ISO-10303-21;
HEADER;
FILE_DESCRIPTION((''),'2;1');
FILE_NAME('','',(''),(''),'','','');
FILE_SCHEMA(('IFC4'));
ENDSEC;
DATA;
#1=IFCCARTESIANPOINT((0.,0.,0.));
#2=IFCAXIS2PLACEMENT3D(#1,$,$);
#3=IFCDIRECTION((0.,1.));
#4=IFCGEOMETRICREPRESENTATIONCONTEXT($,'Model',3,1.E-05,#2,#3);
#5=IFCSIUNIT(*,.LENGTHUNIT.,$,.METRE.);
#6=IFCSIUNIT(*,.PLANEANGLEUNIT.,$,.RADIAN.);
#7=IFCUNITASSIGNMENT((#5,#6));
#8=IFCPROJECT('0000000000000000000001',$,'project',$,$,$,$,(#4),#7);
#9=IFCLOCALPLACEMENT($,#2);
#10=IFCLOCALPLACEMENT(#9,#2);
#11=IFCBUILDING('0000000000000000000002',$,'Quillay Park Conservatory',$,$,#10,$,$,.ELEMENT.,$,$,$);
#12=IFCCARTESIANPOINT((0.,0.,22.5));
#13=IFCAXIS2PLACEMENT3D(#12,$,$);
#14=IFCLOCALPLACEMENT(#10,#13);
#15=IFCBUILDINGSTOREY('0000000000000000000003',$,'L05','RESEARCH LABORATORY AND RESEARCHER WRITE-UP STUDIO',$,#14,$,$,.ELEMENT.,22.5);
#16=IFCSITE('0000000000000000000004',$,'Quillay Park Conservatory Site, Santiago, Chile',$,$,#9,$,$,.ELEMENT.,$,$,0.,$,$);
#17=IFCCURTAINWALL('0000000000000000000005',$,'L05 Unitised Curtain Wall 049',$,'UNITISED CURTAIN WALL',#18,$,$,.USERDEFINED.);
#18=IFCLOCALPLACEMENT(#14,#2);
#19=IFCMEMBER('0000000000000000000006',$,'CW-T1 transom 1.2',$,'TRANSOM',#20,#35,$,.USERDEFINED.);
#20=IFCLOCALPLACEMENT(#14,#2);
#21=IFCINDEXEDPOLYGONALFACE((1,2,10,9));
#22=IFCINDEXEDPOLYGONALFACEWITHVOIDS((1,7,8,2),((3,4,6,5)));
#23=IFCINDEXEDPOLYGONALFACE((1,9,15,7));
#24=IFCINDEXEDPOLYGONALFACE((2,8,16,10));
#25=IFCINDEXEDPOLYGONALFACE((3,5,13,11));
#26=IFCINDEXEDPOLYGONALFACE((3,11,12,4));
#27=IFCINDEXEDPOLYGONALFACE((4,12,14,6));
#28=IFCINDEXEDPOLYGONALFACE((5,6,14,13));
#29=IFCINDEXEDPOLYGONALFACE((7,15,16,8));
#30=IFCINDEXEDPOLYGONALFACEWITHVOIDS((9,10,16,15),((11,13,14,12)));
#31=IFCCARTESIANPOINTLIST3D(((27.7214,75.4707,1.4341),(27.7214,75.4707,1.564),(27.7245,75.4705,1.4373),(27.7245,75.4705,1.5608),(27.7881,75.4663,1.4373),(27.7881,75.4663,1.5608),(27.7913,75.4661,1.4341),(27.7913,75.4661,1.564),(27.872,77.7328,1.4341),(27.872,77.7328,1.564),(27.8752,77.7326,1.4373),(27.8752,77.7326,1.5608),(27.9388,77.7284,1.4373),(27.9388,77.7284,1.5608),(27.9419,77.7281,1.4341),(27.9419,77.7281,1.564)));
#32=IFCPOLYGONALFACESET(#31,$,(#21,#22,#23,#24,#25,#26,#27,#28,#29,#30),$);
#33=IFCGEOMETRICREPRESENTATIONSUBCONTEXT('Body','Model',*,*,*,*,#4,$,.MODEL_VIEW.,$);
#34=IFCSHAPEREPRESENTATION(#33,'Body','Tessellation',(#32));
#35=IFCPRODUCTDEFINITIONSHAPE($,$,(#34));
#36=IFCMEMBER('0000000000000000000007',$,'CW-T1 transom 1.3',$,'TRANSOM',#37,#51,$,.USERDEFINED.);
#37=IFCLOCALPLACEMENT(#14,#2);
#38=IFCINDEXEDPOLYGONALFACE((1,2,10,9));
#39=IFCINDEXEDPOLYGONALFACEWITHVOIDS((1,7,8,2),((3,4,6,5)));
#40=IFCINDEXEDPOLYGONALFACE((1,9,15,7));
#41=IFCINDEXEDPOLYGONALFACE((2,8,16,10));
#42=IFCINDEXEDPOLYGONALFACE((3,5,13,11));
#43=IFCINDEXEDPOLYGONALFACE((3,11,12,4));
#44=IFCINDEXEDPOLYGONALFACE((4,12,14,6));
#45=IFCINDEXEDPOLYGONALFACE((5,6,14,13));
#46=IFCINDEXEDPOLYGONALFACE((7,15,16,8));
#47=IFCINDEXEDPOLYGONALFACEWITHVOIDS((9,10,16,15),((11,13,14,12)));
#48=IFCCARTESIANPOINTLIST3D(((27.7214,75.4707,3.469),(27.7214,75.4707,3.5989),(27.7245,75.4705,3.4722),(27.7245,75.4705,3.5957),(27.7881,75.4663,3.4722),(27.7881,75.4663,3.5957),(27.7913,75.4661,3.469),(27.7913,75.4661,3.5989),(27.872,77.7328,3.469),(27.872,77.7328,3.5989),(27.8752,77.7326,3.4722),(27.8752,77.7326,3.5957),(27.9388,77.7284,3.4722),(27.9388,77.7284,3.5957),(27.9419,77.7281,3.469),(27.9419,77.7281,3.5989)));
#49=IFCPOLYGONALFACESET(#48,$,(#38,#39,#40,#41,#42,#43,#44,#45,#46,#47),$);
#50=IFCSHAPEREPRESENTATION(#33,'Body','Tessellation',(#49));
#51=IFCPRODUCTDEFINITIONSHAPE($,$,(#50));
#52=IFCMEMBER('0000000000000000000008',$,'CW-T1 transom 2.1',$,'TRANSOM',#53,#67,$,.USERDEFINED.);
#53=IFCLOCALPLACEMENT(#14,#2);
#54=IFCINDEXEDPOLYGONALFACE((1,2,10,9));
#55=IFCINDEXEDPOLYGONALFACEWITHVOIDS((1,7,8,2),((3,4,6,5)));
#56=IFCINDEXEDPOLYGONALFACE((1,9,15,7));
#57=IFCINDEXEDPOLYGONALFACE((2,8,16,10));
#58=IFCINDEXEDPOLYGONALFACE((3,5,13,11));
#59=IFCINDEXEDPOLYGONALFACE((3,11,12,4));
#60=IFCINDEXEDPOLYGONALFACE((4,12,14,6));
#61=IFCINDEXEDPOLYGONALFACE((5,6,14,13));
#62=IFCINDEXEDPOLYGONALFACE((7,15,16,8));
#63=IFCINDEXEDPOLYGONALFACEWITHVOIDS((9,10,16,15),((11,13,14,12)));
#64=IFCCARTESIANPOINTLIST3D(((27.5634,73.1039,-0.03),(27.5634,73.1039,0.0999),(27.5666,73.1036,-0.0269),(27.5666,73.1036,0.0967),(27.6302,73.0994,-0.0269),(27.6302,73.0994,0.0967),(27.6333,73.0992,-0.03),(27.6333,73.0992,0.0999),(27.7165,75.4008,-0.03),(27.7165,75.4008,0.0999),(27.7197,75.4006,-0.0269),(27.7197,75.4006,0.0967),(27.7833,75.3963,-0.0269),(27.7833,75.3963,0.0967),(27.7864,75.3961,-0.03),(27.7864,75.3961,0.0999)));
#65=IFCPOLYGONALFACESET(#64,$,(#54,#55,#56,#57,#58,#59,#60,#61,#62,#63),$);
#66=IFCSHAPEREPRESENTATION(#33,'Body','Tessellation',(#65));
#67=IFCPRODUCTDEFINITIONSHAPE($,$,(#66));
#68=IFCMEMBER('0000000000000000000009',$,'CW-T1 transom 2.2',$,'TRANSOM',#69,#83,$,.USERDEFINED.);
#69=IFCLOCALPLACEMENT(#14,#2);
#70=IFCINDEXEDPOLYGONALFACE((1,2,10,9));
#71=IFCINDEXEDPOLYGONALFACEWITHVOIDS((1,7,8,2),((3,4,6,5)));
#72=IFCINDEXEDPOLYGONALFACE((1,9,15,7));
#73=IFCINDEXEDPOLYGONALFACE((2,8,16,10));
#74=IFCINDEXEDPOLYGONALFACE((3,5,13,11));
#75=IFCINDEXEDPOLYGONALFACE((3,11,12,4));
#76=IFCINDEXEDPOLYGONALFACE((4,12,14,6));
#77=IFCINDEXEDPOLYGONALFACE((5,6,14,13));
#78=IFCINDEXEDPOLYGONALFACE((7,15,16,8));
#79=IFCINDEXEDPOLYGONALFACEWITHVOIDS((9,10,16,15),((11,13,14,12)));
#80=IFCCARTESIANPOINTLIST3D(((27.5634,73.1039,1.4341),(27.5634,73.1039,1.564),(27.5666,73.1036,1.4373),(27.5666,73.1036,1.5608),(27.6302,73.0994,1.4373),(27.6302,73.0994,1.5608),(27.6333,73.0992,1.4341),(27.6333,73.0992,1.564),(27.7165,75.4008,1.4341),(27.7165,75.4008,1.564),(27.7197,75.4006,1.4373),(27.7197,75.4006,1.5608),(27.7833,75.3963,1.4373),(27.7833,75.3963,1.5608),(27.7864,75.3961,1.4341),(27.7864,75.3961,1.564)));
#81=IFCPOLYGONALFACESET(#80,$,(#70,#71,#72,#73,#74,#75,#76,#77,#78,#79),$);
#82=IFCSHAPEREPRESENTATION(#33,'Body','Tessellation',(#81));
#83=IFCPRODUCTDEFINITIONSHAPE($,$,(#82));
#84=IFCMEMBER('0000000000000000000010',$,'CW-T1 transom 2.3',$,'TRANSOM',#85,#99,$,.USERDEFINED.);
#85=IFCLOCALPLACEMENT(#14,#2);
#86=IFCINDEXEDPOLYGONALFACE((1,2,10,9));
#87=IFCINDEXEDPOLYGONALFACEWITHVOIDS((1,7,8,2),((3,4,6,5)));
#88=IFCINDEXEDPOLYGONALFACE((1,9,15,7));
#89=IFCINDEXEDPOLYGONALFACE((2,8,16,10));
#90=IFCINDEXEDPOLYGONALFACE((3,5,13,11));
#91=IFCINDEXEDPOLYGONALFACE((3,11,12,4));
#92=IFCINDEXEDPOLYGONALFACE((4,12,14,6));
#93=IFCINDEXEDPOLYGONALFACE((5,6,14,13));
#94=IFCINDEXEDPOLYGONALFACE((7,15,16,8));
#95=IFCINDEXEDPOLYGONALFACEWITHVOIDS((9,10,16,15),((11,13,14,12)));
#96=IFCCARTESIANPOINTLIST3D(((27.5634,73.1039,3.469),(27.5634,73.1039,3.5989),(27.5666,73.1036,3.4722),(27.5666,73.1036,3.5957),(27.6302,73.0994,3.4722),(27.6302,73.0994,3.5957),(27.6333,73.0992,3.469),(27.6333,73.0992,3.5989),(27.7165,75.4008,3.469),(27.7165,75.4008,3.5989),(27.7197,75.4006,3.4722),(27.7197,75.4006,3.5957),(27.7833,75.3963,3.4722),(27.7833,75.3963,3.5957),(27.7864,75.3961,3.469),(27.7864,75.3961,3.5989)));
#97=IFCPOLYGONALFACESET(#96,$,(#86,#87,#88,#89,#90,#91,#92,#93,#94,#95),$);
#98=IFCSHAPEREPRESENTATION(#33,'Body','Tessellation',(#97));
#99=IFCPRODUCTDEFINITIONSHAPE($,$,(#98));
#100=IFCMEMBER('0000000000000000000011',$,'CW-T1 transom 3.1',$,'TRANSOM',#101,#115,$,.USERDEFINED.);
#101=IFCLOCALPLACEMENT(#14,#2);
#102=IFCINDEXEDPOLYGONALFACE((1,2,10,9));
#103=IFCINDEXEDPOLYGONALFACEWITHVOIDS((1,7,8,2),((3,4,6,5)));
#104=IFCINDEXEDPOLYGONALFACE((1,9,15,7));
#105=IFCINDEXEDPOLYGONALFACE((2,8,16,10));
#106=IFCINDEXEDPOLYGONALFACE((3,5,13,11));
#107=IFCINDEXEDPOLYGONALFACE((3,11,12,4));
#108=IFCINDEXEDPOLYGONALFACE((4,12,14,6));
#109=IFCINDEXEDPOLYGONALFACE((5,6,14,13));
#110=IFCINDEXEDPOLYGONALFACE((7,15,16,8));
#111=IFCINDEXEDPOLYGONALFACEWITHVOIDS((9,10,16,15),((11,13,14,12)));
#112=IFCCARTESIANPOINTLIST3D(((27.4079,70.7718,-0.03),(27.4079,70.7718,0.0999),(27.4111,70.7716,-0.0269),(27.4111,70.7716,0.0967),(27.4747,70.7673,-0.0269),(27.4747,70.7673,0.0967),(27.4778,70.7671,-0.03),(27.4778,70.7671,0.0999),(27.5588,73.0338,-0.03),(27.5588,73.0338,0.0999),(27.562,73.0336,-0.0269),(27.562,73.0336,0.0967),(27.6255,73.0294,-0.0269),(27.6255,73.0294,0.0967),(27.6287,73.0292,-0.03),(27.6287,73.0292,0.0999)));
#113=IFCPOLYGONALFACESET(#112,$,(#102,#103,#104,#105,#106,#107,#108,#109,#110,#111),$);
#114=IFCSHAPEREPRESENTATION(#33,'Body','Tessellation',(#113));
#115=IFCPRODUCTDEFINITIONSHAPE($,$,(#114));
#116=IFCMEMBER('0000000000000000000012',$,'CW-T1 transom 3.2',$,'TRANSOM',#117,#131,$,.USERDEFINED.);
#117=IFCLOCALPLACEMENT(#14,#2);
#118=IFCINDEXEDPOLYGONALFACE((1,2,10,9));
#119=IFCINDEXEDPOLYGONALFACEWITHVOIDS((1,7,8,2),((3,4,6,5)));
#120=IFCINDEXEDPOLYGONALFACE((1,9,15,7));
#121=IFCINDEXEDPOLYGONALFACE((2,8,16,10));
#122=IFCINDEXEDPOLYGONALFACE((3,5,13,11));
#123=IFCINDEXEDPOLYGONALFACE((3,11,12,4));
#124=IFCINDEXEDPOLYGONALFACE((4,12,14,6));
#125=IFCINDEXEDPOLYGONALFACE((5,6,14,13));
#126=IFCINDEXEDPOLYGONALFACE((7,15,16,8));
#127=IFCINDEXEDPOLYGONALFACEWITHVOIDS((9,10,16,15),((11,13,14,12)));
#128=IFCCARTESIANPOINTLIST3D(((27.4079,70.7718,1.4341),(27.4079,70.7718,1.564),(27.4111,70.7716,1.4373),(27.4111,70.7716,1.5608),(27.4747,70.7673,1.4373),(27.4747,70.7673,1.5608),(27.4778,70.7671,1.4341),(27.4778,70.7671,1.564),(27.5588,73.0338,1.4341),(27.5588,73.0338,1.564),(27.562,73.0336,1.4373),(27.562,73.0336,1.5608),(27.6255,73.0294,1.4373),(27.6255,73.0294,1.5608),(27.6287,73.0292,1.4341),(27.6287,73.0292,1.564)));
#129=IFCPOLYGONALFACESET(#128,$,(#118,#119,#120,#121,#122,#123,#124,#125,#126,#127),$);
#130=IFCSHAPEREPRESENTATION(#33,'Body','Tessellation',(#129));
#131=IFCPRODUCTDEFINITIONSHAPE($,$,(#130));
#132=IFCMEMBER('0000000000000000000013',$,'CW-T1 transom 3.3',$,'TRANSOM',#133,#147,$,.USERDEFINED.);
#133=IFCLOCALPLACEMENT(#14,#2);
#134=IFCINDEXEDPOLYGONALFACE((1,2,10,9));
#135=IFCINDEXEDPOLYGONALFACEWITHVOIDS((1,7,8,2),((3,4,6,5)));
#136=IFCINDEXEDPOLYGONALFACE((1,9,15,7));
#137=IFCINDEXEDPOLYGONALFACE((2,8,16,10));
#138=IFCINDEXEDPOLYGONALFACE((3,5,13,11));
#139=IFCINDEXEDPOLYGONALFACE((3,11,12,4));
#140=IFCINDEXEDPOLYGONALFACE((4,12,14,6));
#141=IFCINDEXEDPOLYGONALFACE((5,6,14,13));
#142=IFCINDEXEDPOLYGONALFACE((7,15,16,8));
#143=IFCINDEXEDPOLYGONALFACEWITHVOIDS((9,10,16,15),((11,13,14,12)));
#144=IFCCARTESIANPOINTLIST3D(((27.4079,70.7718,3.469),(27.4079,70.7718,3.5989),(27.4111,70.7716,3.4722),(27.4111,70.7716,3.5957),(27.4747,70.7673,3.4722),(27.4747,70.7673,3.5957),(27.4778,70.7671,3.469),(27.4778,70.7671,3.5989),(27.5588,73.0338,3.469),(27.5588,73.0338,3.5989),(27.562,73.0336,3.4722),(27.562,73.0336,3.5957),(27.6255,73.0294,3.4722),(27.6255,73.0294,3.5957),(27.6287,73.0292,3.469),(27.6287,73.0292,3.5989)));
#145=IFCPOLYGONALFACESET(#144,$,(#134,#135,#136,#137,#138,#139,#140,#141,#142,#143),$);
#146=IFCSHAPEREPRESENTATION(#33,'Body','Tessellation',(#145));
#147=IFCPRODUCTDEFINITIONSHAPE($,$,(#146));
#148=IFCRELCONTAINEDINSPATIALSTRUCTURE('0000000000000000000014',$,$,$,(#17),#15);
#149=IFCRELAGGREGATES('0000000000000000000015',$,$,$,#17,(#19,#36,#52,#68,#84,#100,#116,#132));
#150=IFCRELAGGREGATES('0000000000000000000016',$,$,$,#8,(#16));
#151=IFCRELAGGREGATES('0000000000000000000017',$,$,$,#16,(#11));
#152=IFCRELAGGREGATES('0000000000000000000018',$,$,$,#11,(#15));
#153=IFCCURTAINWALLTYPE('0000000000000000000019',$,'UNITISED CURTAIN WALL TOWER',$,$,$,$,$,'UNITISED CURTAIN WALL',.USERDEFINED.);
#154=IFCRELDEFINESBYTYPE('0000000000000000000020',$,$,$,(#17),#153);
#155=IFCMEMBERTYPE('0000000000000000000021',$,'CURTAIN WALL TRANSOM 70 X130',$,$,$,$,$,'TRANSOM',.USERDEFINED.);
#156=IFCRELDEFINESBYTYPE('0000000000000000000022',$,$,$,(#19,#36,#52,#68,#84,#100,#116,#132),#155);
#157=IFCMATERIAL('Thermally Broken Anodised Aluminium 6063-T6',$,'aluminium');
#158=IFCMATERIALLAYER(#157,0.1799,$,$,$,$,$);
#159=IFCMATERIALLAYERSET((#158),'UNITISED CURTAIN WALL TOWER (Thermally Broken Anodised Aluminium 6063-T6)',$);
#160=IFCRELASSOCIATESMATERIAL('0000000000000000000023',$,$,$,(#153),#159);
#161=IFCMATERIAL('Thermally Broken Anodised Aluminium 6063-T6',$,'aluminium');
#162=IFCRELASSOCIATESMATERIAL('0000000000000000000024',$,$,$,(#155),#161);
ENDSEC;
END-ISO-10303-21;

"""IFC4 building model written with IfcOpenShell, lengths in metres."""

from ifc_helpers import new_model, si_unit, direction, frame, origin, origin_2d, place, context, subcontext, project, spatial, hollow_rectangle, extrude, material, layer, layer_set, material_profile, profile_set, type_object, element, aggregate, save


model = new_model("IFC4")

# Units and contexts
model_context = context("Model", 3, precision=1e-05, world=origin(), true_north=direction((0.0, 1.0)))
body_context = subcontext(model_context, "Body", "Model", "MODEL_VIEW")
ifc_project = project(units=[si_unit("LENGTHUNIT", "METRE"), si_unit("PLANEANGLEUNIT", "RADIAN")], contexts=[model_context])

# Site, building, storey
site_placement = place(None, origin())
site = spatial("IfcSite", under=ifc_project, at=site_placement, Name="Quillay Park Conservatory Site, Santiago, Chile", CompositionType="ELEMENT", RefElevation=0.0)
building_placement = place(site_placement, origin())
building = spatial("IfcBuilding", under=site, at=building_placement, Name="Quillay Park Conservatory", CompositionType="ELEMENT")
storey_placement = place(building_placement, frame((0.0, 0.0, 22.5)))
storey = spatial("IfcBuildingStorey", under=building, at=storey_placement, Name="L05", Description="RESEARCH LABORATORY AND RESEARCHER WRITE-UP STUDIO", CompositionType="ELEMENT", Elevation=22.5)

# Curtain wall, members
ifc_material_1 = material(Name="Thermally Broken Anodised Aluminium 6063-T6", Category="aluminium")
ifc_layer_1 = layer(ifc_material_1, 0.1799)
ifc_layer_set_1 = layer_set([ifc_layer_1], Name="UNITISED CURTAIN WALL TOWER (Thermally Broken Anodised Aluminium 6063-T6)")
curtain_wall_type = type_object("IfcCurtainWallType", Name="UNITISED CURTAIN WALL TOWER", ElementType="UNITISED CURTAIN WALL", PredefinedType="USERDEFINED", material=ifc_layer_set_1)
curtain_wall_placement = place(storey_placement, origin())
curtain_wall = element("IfcCurtainWall", 1, at=curtain_wall_placement, inside=storey, type_object=curtain_wall_type, Name="L05 Unitised Curtain Wall 049", ObjectType="UNITISED CURTAIN WALL", PredefinedType="USERDEFINED")
ifc_material_2 = material(Name="Thermally Broken Anodised Aluminium 6063-T6", Category="aluminium")
ifc_material_profile_1 = material_profile(ifc_material_2, hollow_rectangle(XDim=0.0701, YDim=0.1299, WallThickness=0.0032, at=origin_2d()), Name="AL70x130x3.2")
ifc_profile_set_1 = profile_set([ifc_material_profile_1], Name="Thermally Broken Anodised Aluminium 6063-T6")
member_type_1 = type_object("IfcMemberType", Name="CURTAIN WALL TRANSOM 70 X130", ElementType="TRANSOM", PredefinedType="USERDEFINED", material=ifc_profile_set_1)
member_1_placement = place(storey_placement, frame((27.907, 77.7305, 1.499), z_axis=(-0.066448, -0.99779, 0.0), x_axis=(0.99779, -0.066448, 0.0)))
member_1 = element("IfcMember", 2, at=member_1_placement, type_object=member_type_1, Name="CW-T1 transom 1.2", ObjectType="TRANSOM", PredefinedType="USERDEFINED", context=body_context, shape_type="SweptSolid", body=[
    extrude(hollow_rectangle(XDim=0.0701, YDim=0.1299, WallThickness=0.0032, at=origin_2d()), origin(), (0.0, 0.0, 1.0), 2.2671),
])
member_2_placement = place(storey_placement, frame((27.907, 77.7305, 3.5339), z_axis=(-0.066448, -0.99779, 0.0), x_axis=(0.99779, -0.066448, 0.0)))
member_2 = element("IfcMember", 3, at=member_2_placement, type_object=member_type_1, Name="CW-T1 transom 1.3", ObjectType="TRANSOM", PredefinedType="USERDEFINED", context=body_context, shape_type="SweptSolid", body=[
    extrude(hollow_rectangle(XDim=0.0701, YDim=0.1299, WallThickness=0.0032, at=origin_2d()), origin(), (0.0, 0.0, 1.0), 2.2671),
])
member_3_placement = place(storey_placement, frame((27.7515, 75.3984, 0.0349), z_axis=(-0.066498, -0.997787, 0.0), x_axis=(0.997787, -0.066498, 0.0)))
member_3 = element("IfcMember", 4, at=member_3_placement, type_object=member_type_1, Name="CW-T1 transom 2.1", ObjectType="TRANSOM", PredefinedType="USERDEFINED", context=body_context, shape_type="SweptSolid", body=[
    extrude(hollow_rectangle(XDim=0.0701, YDim=0.1299, WallThickness=0.0032, at=origin_2d()), origin(), (0.0, 0.0, 1.0), 2.302),
])
member_4_placement = place(storey_placement, frame((27.7515, 75.3984, 1.499), z_axis=(-0.066498, -0.997787, 0.0), x_axis=(0.997787, -0.066498, 0.0)))
member_4 = element("IfcMember", 5, at=member_4_placement, type_object=member_type_1, Name="CW-T1 transom 2.2", ObjectType="TRANSOM", PredefinedType="USERDEFINED", context=body_context, shape_type="SweptSolid", body=[
    extrude(hollow_rectangle(XDim=0.0701, YDim=0.1299, WallThickness=0.0032, at=origin_2d()), origin(), (0.0, 0.0, 1.0), 2.302),
])
member_5_placement = place(storey_placement, frame((27.7515, 75.3984, 3.5339), z_axis=(-0.066498, -0.997787, 0.0), x_axis=(0.997787, -0.066498, 0.0)))
member_5 = element("IfcMember", 6, at=member_5_placement, type_object=member_type_1, Name="CW-T1 transom 2.3", ObjectType="TRANSOM", PredefinedType="USERDEFINED", context=body_context, shape_type="SweptSolid", body=[
    extrude(hollow_rectangle(XDim=0.0701, YDim=0.1299, WallThickness=0.0032, at=origin_2d()), origin(), (0.0, 0.0, 1.0), 2.302),
])
member_6_placement = place(storey_placement, frame((27.5938, 73.0315, 0.0349), z_axis=(-0.066555, -0.997783, 0.0), x_axis=(0.997783, -0.066555, 0.0)))
member_6 = element("IfcMember", 7, at=member_6_placement, type_object=member_type_1, Name="CW-T1 transom 3.1", ObjectType="TRANSOM", PredefinedType="USERDEFINED", context=body_context, shape_type="SweptSolid", body=[
    extrude(hollow_rectangle(XDim=0.0701, YDim=0.1299, WallThickness=0.0032, at=origin_2d()), origin(), (0.0, 0.0, 1.0), 2.2671),
])
member_7_placement = place(storey_placement, frame((27.5938, 73.0315, 1.499), z_axis=(-0.066555, -0.997783, 0.0), x_axis=(0.997783, -0.066555, 0.0)))
member_7 = element("IfcMember", 8, at=member_7_placement, type_object=member_type_1, Name="CW-T1 transom 3.2", ObjectType="TRANSOM", PredefinedType="USERDEFINED", context=body_context, shape_type="SweptSolid", body=[
    extrude(hollow_rectangle(XDim=0.0701, YDim=0.1299, WallThickness=0.0032, at=origin_2d()), origin(), (0.0, 0.0, 1.0), 2.2671),
])
member_8_placement = place(storey_placement, frame((27.5938, 73.0315, 3.5339), z_axis=(-0.066555, -0.997783, 0.0), x_axis=(0.997783, -0.066555, 0.0)))
member_8 = element("IfcMember", 9, at=member_8_placement, type_object=member_type_1, Name="CW-T1 transom 3.3", ObjectType="TRANSOM", PredefinedType="USERDEFINED", context=body_context, shape_type="SweptSolid", body=[
    extrude(hollow_rectangle(XDim=0.0701, YDim=0.1299, WallThickness=0.0032, at=origin_2d()), origin(), (0.0, 0.0, 1.0), 2.2671),
])

aggregate(curtain_wall, [member_1, member_2, member_3, member_4, member_5, member_6, member_7, member_8])

save(model, "model.ifc")
